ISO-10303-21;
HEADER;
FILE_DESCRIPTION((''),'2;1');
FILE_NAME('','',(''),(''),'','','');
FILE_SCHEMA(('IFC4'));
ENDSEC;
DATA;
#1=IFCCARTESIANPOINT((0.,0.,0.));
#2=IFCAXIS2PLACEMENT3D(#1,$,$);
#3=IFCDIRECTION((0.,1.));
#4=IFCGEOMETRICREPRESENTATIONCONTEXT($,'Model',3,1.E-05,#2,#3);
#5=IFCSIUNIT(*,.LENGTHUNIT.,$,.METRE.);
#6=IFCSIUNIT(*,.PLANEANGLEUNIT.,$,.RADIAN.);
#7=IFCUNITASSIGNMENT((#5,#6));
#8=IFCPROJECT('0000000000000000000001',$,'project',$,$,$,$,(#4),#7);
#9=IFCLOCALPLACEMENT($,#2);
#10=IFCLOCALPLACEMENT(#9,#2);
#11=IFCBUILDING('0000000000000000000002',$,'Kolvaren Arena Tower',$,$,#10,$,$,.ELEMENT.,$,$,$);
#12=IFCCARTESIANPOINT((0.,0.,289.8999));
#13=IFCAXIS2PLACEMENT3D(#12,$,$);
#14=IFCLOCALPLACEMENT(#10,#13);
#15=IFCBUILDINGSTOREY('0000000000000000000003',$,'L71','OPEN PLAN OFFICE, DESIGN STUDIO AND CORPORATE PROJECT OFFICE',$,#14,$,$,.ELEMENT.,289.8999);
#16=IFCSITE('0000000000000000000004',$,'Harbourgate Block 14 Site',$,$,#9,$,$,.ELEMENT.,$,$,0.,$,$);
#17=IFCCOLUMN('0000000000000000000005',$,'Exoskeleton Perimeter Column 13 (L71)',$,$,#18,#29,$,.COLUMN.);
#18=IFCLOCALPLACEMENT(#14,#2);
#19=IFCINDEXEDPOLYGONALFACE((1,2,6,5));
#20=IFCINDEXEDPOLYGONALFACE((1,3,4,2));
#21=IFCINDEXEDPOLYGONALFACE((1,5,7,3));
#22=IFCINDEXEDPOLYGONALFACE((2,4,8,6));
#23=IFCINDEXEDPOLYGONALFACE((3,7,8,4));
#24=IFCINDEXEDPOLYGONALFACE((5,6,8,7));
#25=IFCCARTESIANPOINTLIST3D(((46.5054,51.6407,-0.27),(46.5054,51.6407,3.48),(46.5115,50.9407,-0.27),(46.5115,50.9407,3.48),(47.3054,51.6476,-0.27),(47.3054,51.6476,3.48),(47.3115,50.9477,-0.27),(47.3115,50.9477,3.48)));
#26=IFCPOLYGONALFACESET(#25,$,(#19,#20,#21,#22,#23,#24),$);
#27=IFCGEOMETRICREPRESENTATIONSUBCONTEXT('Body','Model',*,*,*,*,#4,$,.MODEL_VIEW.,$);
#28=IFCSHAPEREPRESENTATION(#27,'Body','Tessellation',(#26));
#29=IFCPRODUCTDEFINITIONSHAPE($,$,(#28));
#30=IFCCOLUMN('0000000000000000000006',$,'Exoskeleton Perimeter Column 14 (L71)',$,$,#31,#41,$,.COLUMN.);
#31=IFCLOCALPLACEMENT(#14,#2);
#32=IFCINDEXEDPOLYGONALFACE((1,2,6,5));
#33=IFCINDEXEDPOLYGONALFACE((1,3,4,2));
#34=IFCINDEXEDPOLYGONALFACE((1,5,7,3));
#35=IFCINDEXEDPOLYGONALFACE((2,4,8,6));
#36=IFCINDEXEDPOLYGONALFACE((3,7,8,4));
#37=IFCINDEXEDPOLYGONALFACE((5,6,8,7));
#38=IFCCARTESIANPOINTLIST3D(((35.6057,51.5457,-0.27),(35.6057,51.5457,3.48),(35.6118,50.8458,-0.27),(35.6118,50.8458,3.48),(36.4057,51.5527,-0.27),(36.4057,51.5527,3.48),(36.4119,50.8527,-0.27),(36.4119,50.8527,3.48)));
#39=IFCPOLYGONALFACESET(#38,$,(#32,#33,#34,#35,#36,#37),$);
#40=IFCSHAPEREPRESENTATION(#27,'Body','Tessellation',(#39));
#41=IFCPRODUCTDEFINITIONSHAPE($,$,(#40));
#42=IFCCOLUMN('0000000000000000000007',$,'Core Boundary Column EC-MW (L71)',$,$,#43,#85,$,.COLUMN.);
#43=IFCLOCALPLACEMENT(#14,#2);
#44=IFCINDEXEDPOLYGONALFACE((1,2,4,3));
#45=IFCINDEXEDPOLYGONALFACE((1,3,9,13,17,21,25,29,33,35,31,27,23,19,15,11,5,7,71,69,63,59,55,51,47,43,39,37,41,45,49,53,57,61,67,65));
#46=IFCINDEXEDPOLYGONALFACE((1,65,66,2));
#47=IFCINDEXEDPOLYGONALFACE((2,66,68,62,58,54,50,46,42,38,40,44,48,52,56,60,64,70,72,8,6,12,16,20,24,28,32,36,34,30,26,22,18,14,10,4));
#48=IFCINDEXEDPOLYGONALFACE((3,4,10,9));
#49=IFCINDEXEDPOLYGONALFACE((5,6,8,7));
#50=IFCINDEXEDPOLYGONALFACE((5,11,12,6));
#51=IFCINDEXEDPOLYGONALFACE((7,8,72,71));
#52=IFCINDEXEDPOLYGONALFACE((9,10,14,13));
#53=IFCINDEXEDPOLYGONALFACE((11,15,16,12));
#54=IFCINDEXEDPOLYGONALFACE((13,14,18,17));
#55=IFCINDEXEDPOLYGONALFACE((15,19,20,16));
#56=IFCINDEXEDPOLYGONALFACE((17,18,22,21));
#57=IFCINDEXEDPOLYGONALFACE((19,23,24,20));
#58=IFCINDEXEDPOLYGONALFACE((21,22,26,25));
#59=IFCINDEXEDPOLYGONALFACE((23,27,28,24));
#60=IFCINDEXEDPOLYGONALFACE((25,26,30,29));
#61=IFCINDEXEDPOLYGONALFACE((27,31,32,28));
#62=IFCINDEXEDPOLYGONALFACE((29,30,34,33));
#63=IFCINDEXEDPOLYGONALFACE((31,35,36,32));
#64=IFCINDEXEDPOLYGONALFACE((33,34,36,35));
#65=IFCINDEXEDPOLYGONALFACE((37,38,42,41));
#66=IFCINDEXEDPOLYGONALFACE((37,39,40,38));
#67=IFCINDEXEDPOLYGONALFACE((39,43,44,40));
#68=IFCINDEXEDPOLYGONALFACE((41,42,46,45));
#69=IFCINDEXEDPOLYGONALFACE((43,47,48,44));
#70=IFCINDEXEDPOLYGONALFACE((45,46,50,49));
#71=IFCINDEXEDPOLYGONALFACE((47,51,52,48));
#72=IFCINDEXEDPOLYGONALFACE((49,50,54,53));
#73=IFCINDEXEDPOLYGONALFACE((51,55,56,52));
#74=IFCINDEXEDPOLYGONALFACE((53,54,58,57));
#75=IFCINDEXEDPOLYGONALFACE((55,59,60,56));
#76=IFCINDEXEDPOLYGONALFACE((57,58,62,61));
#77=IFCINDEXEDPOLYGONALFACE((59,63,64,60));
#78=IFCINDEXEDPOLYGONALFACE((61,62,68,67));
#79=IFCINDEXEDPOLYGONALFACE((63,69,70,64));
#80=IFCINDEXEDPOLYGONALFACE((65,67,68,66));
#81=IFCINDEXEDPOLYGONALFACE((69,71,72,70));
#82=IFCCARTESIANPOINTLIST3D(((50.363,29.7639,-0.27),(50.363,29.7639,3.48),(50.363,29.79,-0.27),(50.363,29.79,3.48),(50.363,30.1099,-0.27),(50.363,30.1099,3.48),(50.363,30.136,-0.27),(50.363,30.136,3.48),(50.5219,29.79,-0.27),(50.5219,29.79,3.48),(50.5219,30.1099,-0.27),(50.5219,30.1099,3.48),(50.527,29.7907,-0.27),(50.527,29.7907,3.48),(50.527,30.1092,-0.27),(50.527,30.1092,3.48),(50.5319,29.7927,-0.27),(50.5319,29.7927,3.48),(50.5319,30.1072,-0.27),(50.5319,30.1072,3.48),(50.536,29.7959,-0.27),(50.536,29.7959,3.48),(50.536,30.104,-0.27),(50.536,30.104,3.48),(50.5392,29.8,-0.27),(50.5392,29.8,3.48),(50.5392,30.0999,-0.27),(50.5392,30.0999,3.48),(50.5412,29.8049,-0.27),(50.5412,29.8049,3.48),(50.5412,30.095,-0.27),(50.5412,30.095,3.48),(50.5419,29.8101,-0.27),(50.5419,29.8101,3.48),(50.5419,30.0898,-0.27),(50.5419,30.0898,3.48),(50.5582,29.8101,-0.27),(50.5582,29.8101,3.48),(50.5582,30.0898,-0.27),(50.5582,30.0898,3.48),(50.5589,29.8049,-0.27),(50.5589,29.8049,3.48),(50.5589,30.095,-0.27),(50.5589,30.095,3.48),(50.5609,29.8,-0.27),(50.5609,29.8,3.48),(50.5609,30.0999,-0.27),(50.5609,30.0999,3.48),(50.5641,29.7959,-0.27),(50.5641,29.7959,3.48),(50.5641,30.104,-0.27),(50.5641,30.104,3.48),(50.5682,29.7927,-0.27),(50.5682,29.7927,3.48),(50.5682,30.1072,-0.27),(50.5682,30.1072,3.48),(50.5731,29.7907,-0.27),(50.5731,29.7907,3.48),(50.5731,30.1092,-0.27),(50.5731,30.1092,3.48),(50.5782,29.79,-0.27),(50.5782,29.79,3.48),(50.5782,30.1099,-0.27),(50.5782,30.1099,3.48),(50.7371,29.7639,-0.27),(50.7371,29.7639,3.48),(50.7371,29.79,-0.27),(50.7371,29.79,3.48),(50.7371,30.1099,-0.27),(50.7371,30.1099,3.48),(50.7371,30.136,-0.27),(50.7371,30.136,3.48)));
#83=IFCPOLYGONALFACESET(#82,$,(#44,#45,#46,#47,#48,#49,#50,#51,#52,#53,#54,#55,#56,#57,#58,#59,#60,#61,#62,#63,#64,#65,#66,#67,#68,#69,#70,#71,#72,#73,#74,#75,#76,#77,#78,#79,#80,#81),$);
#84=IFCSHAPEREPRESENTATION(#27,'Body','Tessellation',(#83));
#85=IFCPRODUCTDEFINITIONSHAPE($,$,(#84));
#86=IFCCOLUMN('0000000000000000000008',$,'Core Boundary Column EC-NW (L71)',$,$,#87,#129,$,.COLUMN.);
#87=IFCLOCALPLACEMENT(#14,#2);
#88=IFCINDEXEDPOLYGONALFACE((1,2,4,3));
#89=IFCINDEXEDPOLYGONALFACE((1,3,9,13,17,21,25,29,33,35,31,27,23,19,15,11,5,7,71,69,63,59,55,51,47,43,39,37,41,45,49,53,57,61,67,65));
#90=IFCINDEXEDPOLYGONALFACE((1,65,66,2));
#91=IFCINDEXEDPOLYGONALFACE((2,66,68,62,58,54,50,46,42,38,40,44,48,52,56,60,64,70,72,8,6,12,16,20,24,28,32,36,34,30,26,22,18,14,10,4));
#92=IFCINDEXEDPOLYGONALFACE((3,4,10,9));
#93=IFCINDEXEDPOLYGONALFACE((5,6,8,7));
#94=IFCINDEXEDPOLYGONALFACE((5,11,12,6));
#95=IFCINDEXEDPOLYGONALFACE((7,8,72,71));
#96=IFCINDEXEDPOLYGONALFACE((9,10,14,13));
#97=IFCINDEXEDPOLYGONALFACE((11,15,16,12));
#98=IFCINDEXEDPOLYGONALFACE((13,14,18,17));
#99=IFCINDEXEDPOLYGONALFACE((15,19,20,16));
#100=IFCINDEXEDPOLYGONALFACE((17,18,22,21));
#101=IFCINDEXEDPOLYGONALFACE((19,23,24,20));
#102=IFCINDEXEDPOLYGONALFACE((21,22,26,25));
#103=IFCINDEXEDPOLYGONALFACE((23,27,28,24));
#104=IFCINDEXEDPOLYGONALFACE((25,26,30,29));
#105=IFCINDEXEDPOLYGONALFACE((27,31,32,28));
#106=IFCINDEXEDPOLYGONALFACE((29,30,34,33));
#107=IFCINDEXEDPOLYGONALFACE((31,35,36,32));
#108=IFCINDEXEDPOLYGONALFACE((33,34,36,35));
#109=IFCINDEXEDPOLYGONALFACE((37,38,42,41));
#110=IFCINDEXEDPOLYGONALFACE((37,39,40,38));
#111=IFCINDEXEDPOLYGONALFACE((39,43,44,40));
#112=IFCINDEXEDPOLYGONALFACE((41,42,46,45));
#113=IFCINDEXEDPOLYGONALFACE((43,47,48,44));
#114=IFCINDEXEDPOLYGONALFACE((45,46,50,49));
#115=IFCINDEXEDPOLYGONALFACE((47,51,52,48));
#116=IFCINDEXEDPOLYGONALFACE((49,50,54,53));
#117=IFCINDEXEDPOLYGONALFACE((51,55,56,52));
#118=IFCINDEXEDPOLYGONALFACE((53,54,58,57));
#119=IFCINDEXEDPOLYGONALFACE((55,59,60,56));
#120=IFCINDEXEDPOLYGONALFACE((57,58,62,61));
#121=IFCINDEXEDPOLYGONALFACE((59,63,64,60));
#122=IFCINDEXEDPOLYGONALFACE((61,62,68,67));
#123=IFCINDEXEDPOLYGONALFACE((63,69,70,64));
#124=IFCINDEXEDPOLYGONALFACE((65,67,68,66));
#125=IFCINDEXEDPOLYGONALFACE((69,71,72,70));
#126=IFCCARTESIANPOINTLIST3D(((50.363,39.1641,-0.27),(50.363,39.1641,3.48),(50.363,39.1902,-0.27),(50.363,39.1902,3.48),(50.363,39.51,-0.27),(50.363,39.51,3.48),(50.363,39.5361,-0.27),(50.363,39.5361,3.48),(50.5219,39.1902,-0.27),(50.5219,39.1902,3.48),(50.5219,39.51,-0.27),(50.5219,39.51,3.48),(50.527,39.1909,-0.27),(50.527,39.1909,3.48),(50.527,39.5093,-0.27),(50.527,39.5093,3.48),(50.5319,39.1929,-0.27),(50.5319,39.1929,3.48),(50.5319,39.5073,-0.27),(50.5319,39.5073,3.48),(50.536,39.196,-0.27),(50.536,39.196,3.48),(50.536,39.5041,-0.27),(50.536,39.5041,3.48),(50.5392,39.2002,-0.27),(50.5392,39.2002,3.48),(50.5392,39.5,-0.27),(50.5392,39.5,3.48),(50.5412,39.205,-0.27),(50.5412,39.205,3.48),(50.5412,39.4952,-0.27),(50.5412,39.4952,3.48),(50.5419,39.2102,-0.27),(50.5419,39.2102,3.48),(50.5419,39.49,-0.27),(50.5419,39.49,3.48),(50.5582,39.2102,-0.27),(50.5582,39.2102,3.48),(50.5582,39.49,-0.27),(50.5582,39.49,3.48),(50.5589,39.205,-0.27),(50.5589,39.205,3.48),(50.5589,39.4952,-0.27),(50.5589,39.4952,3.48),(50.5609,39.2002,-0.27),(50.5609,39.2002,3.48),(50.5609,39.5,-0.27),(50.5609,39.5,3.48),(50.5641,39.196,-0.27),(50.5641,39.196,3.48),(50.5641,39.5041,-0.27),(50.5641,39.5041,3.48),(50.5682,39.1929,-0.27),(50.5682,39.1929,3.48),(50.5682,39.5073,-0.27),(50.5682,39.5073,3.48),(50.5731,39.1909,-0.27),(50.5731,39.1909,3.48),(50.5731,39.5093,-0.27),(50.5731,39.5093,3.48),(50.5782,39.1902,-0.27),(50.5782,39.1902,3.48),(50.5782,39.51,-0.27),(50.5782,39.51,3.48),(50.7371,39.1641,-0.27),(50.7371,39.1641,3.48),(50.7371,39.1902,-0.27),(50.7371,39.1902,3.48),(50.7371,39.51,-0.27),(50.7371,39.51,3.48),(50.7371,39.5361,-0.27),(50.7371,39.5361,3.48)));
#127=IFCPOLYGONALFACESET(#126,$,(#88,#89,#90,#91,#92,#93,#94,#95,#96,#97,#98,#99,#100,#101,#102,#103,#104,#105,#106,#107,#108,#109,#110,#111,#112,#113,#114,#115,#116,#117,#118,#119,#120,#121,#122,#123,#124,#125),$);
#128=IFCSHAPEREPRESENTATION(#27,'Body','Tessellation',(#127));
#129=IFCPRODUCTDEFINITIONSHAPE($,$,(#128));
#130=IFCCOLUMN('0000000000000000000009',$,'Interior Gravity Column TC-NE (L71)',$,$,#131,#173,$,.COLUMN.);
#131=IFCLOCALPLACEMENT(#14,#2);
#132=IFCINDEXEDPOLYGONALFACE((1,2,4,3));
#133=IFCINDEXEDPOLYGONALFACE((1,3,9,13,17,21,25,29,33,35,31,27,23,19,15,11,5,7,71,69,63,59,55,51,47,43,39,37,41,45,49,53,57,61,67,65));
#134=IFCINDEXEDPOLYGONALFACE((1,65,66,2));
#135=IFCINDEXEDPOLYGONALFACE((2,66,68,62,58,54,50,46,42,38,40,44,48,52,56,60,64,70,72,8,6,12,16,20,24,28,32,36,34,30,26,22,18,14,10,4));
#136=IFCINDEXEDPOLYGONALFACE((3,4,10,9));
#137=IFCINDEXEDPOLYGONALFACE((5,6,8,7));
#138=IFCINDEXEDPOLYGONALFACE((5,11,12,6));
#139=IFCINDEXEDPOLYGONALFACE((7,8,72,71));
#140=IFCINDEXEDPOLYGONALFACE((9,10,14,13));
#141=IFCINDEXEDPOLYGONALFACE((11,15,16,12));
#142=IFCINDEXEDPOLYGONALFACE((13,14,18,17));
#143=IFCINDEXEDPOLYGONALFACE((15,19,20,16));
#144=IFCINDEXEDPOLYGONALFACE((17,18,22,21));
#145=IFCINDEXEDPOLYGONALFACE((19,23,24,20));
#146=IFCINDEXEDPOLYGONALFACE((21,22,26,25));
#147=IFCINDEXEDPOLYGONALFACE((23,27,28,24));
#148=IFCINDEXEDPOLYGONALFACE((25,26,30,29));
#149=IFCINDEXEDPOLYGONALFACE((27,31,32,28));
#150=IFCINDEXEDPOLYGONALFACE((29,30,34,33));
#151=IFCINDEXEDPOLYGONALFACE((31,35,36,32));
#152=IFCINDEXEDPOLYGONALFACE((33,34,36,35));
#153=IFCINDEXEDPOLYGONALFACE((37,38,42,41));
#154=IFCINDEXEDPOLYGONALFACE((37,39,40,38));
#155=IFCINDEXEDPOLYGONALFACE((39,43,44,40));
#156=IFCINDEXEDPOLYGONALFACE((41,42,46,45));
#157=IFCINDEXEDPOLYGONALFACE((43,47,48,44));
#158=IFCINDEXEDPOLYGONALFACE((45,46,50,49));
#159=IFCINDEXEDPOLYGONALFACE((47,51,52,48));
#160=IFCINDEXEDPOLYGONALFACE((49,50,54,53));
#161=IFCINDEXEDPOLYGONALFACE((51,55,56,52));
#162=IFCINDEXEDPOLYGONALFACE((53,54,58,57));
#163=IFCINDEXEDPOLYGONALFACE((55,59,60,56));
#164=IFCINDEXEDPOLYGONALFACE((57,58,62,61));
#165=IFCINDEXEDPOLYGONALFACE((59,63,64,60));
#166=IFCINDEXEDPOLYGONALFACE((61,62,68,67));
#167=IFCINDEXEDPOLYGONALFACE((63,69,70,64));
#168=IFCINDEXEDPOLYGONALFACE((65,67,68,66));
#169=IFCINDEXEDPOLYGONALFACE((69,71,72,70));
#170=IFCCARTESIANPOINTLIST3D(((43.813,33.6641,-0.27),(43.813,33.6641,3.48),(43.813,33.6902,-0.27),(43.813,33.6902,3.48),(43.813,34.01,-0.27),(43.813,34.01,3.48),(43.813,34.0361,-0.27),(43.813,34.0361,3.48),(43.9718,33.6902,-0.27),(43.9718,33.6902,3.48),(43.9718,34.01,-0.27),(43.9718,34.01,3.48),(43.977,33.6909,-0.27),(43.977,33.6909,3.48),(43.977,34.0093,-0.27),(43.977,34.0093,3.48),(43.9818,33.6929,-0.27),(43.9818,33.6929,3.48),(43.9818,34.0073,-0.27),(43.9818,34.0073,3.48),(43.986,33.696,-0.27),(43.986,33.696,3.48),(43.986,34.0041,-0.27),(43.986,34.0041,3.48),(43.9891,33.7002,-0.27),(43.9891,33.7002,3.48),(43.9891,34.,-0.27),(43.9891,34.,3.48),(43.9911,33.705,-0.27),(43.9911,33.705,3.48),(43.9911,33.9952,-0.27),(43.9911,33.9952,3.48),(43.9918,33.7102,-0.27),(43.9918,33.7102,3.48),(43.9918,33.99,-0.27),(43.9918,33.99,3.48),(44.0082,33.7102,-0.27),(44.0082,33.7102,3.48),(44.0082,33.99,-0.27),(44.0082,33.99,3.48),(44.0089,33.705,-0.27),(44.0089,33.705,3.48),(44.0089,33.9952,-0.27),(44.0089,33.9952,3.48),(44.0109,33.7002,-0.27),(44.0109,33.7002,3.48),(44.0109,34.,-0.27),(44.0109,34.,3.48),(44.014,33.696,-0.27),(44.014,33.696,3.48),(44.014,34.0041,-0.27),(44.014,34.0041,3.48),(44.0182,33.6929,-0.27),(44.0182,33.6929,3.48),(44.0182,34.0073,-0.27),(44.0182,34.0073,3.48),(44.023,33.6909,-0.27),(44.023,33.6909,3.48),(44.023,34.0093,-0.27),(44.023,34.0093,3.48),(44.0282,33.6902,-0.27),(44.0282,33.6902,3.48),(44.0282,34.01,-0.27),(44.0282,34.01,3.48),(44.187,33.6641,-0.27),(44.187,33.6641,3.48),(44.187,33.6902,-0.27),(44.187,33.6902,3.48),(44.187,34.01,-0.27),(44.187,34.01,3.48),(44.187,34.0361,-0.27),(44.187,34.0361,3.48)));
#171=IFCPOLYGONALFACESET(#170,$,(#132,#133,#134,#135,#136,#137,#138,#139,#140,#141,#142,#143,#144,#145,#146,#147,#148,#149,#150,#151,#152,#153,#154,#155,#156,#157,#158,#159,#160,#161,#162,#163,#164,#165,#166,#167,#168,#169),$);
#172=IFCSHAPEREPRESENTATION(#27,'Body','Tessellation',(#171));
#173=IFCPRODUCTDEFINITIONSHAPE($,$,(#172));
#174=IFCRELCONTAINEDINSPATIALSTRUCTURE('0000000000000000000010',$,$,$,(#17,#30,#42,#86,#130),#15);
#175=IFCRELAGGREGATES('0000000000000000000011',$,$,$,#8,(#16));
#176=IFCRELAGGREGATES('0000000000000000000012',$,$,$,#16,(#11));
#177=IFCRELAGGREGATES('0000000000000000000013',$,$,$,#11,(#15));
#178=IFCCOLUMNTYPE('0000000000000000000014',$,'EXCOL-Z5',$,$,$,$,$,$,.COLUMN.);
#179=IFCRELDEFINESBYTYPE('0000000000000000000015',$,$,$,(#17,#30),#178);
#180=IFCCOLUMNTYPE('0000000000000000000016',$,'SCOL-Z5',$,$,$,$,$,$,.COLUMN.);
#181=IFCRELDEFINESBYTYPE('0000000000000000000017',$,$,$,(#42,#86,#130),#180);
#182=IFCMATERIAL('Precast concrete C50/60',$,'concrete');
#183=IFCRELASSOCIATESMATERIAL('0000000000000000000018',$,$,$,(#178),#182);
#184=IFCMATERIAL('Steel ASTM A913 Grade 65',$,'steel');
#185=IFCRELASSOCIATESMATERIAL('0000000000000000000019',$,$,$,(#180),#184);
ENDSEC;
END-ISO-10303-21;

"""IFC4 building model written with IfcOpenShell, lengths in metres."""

from ifc_helpers import new_model, si_unit, direction, frame, origin, origin_2d, place, context, subcontext, project, spatial, rectangle, i_section, extrude, material, material_profile, profile_set, type_object, element, save


model = new_model("IFC4")

# Units and contexts
model_context = context("Model", 3, precision=1e-05, world=origin(), true_north=direction((0.0, 1.0)))
body_context = subcontext(model_context, "Body", "Model", "MODEL_VIEW")
ifc_project = project(units=[si_unit("LENGTHUNIT", "METRE"), si_unit("PLANEANGLEUNIT", "RADIAN")], contexts=[model_context])

# Site, building, storey
site_placement = place(None, origin())
site = spatial("IfcSite", under=ifc_project, at=site_placement, Name="Harbourgate Block 14 Site", CompositionType="ELEMENT", RefElevation=0.0)
building_placement = place(site_placement, origin())
building = spatial("IfcBuilding", under=site, at=building_placement, Name="Kolvaren Arena Tower", CompositionType="ELEMENT")
storey_placement = place(building_placement, frame((0.0, 0.0, 289.8999)))
storey = spatial("IfcBuildingStorey", under=building, at=storey_placement, Name="L71", Description="OPEN PLAN OFFICE, DESIGN STUDIO AND CORPORATE PROJECT OFFICE", CompositionType="ELEMENT", Elevation=289.8999)

# Columns
ifc_material_1 = material(Name="Precast concrete C50/60", Category="concrete")
ifc_material_profile_1 = material_profile(ifc_material_1, rectangle(XDim=0.8, YDim=0.7, at=origin_2d()), Name="RC-800x700")
ifc_profile_set_1 = profile_set([ifc_material_profile_1], Name="Precast concrete C50/60")
column_type_1 = type_object("IfcColumnType", Name="EXCOL-Z5", PredefinedType="COLUMN", material=ifc_profile_set_1)
for number, where, z_axis, x_axis, name in (
    (1, (46.9084, 51.2942, -0.27), (0.0, 0.0, 1.0), (0.999962, 0.008727, 0.0), "Exoskeleton Perimeter Column 13 (L71)"),
    (2, (36.0088, 51.1992, -0.27), (0.0, 0.0, 1.0), (0.999962, 0.008727, 0.0), "Exoskeleton Perimeter Column 14 (L71)"),
):
    element("IfcColumn", number, at=place(storey_placement, frame(where, z_axis=z_axis, x_axis=x_axis)), inside=storey, type_object=column_type_1, Name=name, PredefinedType="COLUMN", context=body_context, shape_type="SweptSolid", body=[
        extrude(rectangle(XDim=0.8, YDim=0.7, at=origin_2d()), origin(), (0.0, 0.0, 1.0), 3.75),
    ])
ifc_material_2 = material(Name="Steel ASTM A913 Grade 65", Category="steel")
ifc_material_profile_2 = material_profile(ifc_material_2, i_section(OverallWidth=0.374, OverallDepth=0.3721, WebThickness=0.0164, FlangeThickness=0.0261, FilletRadius=0.02, at=origin_2d()), Name="W360x196")
ifc_profile_set_2 = profile_set([ifc_material_profile_2], Name="Steel ASTM A913 Grade 65")
column_type_2 = type_object("IfcColumnType", Name="SCOL-Z5", PredefinedType="COLUMN", material=ifc_profile_set_2)
for number, where, z_axis, x_axis, name in (
    (3, (50.55, 29.95, -0.27), (0.0, 0.0, 1.0), (1.0, 0.0, 0.0), "Core Boundary Column EC-MW (L71)"),
    (4, (50.55, 39.3501, -0.27), (0.0, 0.0, 1.0), (1.0, 0.0, 0.0), "Core Boundary Column EC-NW (L71)"),
    (5, (44.0, 33.8501, -0.27), (0.0, 0.0, 1.0), (1.0, 0.0, 0.0), "Interior Gravity Column TC-NE (L71)"),
):
    element("IfcColumn", number, at=place(storey_placement, frame(where, z_axis=z_axis, x_axis=x_axis)), inside=storey, type_object=column_type_2, Name=name, PredefinedType="COLUMN", context=body_context, shape_type="SweptSolid", body=[
        extrude(i_section(OverallWidth=0.374, OverallDepth=0.3721, WebThickness=0.0164, FlangeThickness=0.0261, FilletRadius=0.02, at=origin_2d()), origin(), (0.0, 0.0, 1.0), 3.75),
    ])

save(model, "model.ifc")
